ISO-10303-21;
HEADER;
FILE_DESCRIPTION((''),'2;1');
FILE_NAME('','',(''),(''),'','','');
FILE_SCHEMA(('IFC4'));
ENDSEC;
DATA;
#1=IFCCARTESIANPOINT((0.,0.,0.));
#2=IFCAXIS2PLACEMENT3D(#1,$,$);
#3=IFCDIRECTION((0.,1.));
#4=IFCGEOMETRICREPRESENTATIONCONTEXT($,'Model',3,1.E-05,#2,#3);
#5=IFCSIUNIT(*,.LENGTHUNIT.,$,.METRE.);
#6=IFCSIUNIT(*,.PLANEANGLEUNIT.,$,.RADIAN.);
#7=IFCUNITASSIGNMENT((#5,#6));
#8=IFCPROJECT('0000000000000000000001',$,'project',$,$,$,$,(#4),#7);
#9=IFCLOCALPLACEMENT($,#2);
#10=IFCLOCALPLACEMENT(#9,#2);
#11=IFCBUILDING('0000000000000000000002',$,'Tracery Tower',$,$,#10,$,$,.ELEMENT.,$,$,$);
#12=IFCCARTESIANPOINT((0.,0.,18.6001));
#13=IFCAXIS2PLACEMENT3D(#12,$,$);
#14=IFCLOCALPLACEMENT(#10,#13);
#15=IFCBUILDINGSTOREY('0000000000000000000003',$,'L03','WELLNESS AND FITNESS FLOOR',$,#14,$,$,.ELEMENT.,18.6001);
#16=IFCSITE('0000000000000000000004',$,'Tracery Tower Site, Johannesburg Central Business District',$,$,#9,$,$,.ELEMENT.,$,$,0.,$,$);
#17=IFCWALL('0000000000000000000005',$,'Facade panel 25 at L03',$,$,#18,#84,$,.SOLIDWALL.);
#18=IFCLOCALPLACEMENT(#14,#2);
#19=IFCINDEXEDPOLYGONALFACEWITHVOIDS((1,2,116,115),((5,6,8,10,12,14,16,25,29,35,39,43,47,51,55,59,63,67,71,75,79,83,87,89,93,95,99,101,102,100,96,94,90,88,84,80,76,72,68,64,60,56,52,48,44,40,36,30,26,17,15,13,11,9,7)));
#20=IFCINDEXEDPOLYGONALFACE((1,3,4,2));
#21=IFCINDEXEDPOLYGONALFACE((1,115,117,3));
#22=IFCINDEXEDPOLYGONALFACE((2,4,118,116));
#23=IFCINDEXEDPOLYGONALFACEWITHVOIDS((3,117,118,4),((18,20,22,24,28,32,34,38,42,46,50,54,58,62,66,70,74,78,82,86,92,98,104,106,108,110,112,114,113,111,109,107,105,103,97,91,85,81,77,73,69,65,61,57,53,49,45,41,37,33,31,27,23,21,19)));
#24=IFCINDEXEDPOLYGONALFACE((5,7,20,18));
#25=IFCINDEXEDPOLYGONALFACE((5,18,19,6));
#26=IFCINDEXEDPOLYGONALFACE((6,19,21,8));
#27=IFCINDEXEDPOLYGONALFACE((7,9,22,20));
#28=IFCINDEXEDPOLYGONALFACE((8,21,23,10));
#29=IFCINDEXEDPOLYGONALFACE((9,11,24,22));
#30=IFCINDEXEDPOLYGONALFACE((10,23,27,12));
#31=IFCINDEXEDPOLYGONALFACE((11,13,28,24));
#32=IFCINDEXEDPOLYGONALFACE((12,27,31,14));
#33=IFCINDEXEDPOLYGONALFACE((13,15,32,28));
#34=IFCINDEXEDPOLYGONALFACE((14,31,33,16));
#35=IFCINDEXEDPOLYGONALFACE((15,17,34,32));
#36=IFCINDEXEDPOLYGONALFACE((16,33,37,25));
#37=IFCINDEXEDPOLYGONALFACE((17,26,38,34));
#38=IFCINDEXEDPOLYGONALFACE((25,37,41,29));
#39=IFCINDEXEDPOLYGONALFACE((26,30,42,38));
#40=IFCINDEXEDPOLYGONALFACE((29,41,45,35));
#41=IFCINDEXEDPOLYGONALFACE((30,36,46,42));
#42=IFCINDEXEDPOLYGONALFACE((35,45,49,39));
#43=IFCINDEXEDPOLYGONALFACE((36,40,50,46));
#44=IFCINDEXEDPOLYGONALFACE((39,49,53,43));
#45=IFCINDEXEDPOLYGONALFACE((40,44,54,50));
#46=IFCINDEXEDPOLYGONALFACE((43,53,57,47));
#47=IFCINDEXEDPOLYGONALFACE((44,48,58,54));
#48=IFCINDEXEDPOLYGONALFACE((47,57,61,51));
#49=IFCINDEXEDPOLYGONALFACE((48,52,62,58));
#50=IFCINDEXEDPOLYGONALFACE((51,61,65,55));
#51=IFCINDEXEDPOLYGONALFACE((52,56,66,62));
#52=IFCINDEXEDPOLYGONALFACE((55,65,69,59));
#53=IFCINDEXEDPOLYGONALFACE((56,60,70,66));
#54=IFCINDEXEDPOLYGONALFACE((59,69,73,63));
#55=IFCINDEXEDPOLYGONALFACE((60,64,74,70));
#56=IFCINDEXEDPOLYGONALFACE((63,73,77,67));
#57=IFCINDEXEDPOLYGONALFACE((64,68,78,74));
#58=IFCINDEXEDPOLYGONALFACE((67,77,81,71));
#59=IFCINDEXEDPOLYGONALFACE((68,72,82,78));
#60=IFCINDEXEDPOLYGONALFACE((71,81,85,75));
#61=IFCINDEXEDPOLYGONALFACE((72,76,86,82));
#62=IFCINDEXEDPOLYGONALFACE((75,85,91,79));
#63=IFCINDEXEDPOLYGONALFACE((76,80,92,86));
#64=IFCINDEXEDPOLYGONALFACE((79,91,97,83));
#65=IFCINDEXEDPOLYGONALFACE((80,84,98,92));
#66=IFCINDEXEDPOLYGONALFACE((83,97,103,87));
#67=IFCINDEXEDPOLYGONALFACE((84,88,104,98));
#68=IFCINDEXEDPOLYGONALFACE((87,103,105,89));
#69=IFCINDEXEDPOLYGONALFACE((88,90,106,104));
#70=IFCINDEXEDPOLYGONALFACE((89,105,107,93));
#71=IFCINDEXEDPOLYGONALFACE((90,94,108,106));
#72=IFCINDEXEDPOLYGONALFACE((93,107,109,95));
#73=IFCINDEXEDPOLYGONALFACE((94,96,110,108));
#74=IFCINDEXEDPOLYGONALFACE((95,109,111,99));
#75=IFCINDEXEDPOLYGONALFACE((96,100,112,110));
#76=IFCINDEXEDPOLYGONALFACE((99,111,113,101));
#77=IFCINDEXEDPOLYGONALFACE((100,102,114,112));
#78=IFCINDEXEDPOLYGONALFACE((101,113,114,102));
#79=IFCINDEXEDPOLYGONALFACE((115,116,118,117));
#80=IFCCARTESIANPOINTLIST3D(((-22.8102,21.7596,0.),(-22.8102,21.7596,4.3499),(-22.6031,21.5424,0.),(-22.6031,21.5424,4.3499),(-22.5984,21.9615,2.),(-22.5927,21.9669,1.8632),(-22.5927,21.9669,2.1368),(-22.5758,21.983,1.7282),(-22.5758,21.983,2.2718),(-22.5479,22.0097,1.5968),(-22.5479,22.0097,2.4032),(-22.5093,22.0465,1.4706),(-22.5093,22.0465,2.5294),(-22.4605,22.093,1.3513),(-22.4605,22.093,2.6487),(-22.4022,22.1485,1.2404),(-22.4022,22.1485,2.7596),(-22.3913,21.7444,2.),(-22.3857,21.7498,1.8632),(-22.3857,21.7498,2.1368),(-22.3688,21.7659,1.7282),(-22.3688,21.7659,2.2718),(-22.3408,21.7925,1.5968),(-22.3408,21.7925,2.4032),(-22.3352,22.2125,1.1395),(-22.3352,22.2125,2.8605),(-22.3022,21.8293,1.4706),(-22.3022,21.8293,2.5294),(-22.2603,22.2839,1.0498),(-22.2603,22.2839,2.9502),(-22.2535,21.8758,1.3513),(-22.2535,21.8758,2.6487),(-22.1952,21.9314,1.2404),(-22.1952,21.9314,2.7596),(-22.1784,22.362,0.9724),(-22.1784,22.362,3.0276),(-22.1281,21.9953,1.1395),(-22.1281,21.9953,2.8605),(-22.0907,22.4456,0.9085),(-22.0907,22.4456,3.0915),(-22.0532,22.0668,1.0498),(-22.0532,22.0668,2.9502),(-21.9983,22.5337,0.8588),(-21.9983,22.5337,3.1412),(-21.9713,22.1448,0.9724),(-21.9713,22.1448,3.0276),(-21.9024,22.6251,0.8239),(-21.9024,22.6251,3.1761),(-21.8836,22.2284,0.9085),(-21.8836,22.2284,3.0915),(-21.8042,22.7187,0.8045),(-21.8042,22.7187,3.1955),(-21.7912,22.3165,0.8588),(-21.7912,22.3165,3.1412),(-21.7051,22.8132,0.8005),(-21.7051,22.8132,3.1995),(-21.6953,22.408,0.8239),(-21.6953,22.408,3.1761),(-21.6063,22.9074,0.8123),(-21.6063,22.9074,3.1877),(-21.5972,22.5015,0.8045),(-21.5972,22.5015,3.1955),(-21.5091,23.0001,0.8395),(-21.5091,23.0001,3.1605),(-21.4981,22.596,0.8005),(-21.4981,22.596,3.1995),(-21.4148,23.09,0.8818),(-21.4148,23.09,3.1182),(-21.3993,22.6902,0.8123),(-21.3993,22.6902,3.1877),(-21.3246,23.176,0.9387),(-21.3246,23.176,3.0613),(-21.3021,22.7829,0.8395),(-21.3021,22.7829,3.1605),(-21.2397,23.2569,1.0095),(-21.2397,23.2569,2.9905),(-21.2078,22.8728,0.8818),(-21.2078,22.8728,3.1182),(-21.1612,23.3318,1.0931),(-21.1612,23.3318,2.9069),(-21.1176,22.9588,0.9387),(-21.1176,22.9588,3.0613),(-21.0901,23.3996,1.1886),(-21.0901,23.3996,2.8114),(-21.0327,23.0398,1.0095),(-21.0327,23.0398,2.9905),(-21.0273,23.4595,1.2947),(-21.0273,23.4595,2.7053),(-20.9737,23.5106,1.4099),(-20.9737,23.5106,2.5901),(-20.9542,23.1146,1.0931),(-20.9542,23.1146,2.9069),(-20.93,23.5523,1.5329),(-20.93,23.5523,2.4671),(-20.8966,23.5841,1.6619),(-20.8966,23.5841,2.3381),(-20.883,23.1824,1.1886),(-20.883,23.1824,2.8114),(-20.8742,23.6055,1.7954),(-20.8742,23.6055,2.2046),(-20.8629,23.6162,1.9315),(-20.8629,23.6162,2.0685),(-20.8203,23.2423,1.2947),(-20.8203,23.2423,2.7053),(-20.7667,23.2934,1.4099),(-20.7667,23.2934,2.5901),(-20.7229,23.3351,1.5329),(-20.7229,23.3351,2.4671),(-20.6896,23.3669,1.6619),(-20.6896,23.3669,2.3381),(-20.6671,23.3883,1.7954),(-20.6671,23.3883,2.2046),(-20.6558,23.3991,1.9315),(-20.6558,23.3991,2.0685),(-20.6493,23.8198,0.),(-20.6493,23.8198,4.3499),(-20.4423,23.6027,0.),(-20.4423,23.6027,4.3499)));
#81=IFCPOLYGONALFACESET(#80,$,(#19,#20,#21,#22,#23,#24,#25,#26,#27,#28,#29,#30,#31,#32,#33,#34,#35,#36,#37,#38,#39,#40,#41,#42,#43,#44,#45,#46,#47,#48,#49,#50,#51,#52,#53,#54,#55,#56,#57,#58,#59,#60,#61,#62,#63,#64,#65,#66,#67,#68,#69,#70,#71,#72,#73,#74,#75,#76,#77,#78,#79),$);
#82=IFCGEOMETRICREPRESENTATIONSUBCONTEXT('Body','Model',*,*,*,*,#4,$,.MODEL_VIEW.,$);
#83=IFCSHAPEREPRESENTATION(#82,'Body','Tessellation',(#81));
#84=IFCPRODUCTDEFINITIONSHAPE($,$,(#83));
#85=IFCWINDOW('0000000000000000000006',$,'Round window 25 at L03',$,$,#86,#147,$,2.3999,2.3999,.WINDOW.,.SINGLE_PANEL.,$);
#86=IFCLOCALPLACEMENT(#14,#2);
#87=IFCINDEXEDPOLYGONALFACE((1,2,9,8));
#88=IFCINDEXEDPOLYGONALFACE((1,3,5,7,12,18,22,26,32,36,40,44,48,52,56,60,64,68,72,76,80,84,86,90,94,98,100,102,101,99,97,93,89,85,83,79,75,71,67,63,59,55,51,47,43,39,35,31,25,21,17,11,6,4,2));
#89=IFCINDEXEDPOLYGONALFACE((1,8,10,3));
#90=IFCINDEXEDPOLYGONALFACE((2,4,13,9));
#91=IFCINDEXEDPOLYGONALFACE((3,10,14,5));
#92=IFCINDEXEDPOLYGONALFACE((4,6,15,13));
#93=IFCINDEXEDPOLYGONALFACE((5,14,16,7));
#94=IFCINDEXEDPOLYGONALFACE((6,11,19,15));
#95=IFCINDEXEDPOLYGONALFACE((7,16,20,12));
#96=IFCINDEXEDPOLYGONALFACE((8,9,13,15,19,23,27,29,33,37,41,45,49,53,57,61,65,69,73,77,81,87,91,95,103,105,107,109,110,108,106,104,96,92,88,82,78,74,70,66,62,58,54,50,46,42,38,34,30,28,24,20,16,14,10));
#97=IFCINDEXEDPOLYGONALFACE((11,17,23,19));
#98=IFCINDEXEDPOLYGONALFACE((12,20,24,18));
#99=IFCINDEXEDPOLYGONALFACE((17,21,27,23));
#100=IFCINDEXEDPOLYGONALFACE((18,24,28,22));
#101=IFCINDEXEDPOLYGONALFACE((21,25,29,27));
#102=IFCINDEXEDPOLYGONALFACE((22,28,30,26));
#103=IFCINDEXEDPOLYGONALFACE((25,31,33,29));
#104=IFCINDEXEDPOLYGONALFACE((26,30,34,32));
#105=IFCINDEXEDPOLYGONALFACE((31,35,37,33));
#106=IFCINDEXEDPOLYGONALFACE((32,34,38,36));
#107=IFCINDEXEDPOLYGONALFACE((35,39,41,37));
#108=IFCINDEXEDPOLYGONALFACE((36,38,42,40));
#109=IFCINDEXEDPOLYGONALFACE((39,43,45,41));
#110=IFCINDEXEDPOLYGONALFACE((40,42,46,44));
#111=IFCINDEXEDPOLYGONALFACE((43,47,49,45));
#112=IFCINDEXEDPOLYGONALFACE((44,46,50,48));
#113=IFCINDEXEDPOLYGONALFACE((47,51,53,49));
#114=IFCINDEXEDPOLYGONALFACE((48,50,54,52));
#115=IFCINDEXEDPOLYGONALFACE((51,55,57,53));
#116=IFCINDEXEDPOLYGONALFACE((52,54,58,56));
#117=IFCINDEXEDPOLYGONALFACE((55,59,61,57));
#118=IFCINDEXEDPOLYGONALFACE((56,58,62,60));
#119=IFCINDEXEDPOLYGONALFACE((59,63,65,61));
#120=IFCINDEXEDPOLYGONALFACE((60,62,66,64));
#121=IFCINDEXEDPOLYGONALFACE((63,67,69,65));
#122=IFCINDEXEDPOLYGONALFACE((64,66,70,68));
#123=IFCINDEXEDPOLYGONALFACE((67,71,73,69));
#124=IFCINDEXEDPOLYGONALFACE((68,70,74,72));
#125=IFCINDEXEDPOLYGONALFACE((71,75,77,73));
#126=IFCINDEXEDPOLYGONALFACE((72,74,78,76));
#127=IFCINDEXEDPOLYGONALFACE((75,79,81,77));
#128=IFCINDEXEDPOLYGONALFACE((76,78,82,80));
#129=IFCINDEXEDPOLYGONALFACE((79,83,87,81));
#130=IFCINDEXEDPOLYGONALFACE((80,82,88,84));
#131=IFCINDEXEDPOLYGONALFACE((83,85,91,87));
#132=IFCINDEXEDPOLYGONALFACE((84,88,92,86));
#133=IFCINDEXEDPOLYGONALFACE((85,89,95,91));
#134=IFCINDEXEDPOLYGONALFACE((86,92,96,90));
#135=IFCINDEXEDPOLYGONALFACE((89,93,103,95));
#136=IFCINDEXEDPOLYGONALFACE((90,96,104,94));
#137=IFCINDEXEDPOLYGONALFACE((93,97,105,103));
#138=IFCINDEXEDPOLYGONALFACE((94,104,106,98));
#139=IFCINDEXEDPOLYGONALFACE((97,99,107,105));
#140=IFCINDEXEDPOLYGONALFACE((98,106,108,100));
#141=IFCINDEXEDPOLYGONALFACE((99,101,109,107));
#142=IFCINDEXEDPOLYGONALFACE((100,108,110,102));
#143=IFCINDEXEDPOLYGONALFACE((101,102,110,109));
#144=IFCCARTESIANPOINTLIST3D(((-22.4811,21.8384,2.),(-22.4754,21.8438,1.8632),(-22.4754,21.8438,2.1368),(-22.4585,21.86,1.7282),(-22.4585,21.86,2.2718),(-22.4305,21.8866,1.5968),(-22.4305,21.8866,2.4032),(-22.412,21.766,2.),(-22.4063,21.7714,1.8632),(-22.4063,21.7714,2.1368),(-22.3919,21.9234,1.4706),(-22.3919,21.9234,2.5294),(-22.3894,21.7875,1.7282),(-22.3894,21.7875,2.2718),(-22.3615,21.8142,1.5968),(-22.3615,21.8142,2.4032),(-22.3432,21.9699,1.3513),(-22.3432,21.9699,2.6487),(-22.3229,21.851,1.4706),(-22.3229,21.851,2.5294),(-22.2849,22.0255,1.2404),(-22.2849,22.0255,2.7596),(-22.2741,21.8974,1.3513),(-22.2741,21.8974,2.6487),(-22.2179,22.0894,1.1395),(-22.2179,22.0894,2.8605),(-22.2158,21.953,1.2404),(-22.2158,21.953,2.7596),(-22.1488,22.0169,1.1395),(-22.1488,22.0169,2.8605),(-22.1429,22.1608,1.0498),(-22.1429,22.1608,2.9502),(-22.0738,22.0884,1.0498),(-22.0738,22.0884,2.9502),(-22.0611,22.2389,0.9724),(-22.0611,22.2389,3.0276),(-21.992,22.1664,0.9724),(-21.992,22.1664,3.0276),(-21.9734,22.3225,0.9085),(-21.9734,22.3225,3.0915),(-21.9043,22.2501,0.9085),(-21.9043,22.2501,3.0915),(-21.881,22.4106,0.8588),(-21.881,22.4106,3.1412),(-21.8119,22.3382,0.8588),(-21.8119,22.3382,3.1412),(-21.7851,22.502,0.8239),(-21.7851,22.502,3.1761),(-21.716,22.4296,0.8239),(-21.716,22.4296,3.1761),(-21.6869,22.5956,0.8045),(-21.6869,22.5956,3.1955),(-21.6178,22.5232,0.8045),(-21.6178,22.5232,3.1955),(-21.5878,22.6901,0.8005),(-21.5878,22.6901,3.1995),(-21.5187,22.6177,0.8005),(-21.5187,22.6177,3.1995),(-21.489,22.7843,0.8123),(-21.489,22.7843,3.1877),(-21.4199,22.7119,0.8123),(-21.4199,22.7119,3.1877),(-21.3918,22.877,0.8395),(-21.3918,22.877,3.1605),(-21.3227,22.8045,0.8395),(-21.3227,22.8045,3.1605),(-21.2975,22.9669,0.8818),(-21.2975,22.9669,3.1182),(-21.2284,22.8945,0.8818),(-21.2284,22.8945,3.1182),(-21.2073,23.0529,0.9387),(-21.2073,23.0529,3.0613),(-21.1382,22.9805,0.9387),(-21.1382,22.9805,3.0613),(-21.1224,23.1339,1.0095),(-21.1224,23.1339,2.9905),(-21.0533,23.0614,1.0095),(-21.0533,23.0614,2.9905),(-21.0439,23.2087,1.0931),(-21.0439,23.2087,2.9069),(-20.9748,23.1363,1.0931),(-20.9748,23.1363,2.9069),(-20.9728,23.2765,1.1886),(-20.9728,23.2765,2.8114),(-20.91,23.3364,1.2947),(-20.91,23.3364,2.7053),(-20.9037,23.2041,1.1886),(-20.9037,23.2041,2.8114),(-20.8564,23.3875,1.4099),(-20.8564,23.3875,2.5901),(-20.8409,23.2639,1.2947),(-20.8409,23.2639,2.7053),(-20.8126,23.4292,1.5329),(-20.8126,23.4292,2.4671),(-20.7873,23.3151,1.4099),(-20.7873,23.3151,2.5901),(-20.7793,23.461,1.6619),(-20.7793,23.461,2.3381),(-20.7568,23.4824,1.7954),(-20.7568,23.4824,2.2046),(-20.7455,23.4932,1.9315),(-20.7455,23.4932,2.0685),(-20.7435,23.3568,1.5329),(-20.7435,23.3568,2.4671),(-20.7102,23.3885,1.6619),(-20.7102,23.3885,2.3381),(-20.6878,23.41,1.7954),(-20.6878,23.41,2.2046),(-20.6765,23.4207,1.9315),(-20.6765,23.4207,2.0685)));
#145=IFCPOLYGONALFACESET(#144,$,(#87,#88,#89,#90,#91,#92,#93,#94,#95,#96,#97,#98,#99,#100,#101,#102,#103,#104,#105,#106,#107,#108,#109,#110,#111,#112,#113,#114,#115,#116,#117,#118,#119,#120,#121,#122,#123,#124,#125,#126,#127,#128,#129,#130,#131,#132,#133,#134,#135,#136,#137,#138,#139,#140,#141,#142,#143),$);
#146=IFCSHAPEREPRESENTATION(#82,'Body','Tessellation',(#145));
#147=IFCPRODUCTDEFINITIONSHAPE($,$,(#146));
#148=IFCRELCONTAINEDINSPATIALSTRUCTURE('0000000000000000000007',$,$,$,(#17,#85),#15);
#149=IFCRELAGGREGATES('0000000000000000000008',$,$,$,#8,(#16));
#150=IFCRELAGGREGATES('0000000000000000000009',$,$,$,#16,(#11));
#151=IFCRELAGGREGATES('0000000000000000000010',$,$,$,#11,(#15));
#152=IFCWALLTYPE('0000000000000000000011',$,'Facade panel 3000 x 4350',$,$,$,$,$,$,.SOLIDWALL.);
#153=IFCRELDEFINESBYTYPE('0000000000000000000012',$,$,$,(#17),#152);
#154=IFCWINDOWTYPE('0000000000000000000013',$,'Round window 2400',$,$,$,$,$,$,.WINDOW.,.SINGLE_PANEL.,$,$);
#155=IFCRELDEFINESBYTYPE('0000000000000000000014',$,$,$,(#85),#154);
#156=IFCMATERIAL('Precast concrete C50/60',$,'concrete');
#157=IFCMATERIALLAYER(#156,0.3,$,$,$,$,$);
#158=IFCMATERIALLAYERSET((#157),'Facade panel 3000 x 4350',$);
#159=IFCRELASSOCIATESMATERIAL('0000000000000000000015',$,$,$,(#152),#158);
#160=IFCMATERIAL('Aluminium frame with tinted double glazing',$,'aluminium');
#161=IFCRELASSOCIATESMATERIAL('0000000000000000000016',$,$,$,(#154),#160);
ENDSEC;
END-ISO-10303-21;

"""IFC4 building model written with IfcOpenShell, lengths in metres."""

from ifc_helpers import new_model, si_unit, direction, frame, frame_2d, origin, origin_2d, place, context, subcontext, project, spatial, rectangle, circle, extrude, material, layer, layer_set, type_object, element, fill, save


model = new_model("IFC4")

# Units and contexts
model_context = context("Model", 3, precision=1e-05, world=origin(), true_north=direction((0.0, 1.0)))
body_context = subcontext(model_context, "Body", "Model", "MODEL_VIEW")
ifc_project = project(units=[si_unit("LENGTHUNIT", "METRE"), si_unit("PLANEANGLEUNIT", "RADIAN")], contexts=[model_context])

# Site, building, storey
site_placement = place(None, origin())
site = spatial("IfcSite", under=ifc_project, at=site_placement, Name="Tracery Tower Site, Johannesburg Central Business District", CompositionType="ELEMENT", RefElevation=0.0)
building_placement = place(site_placement, origin())
building = spatial("IfcBuilding", under=site, at=building_placement, Name="Tracery Tower", CompositionType="ELEMENT")
storey_placement = place(building_placement, frame((0.0, 0.0, 18.6001)))
storey = spatial("IfcBuildingStorey", under=building, at=storey_placement, Name="L03", Description="WELLNESS AND FITNESS FLOOR", CompositionType="ELEMENT", Elevation=18.6001)

# Wall, opening, window
ifc_material_1 = material(Name="Precast concrete C50/60", Category="concrete")
ifc_layer_1 = layer(ifc_material_1, 0.3)
ifc_layer_set_1 = layer_set([ifc_layer_1], Name="Facade panel 3000 x 4350")
wall_type_1 = type_object("IfcWallType", Name="Facade panel 3000 x 4350", PredefinedType="SOLIDWALL", material=ifc_layer_set_1)
ifc_material_2 = material(Name="Aluminium frame with tinted double glazing", Category="aluminium")
window_type = type_object("IfcWindowType", Name="Round window 2400", PartitioningType="SINGLE_PANEL", PredefinedType="WINDOW", material=ifc_material_2)
wall_1_placement = place(storey_placement, frame((-20.5459, 23.7112, 0.0), z_axis=(0.0, 0.0, 1.0), x_axis=(-0.723751, -0.690061, 0.0)))
wall_1 = element("IfcWall", 1, at=wall_1_placement, inside=storey, type_object=wall_type_1, Name="Facade panel 25 at L03", PredefinedType="SOLIDWALL", context=body_context, shape_type="SweptSolid", body=[
    extrude(rectangle(XDim=2.9856, YDim=0.3, at=frame_2d((1.4927, 0.0))), origin(), (0.0, 0.0, 1.0), 4.3499),
])
opening_1_placement = place(wall_1_placement, frame((1.4929, 0.0, 2.0)))
opening_1 = element("IfcOpeningElement", 2, at=opening_1_placement, cuts=wall_1, PredefinedType="OPENING", context=body_context, shape_type="SweptSolid", body=[
    extrude(circle(Radius=1.2, at=origin_2d()), frame((0.0, 0.1599, 0.0), z_axis=(0.0, -1.0, 0.0), x_axis=(1.0, 0.0, 0.0)), (0.0, 0.0, 1.0), 0.3201),
])
window_1_placement = place(opening_1_placement, origin())
window_1 = element("IfcWindow", 3, at=window_1_placement, inside=storey, type_object=window_type, Name="Round window 25 at L03", OverallHeight=2.3999, OverallWidth=2.3999, PartitioningType="SINGLE_PANEL", PredefinedType="WINDOW", context=body_context, shape_type="SweptSolid", body=[
    extrude(circle(Radius=1.2, at=origin_2d()), frame((0.0, 0.1201, 0.0), z_axis=(0.0, -1.0, 0.0), x_axis=(1.0, 0.0, 0.0)), (0.0, 0.0, 1.0), 0.1001),
])
fill(opening_1, window_1)

save(model, "model.ifc")
